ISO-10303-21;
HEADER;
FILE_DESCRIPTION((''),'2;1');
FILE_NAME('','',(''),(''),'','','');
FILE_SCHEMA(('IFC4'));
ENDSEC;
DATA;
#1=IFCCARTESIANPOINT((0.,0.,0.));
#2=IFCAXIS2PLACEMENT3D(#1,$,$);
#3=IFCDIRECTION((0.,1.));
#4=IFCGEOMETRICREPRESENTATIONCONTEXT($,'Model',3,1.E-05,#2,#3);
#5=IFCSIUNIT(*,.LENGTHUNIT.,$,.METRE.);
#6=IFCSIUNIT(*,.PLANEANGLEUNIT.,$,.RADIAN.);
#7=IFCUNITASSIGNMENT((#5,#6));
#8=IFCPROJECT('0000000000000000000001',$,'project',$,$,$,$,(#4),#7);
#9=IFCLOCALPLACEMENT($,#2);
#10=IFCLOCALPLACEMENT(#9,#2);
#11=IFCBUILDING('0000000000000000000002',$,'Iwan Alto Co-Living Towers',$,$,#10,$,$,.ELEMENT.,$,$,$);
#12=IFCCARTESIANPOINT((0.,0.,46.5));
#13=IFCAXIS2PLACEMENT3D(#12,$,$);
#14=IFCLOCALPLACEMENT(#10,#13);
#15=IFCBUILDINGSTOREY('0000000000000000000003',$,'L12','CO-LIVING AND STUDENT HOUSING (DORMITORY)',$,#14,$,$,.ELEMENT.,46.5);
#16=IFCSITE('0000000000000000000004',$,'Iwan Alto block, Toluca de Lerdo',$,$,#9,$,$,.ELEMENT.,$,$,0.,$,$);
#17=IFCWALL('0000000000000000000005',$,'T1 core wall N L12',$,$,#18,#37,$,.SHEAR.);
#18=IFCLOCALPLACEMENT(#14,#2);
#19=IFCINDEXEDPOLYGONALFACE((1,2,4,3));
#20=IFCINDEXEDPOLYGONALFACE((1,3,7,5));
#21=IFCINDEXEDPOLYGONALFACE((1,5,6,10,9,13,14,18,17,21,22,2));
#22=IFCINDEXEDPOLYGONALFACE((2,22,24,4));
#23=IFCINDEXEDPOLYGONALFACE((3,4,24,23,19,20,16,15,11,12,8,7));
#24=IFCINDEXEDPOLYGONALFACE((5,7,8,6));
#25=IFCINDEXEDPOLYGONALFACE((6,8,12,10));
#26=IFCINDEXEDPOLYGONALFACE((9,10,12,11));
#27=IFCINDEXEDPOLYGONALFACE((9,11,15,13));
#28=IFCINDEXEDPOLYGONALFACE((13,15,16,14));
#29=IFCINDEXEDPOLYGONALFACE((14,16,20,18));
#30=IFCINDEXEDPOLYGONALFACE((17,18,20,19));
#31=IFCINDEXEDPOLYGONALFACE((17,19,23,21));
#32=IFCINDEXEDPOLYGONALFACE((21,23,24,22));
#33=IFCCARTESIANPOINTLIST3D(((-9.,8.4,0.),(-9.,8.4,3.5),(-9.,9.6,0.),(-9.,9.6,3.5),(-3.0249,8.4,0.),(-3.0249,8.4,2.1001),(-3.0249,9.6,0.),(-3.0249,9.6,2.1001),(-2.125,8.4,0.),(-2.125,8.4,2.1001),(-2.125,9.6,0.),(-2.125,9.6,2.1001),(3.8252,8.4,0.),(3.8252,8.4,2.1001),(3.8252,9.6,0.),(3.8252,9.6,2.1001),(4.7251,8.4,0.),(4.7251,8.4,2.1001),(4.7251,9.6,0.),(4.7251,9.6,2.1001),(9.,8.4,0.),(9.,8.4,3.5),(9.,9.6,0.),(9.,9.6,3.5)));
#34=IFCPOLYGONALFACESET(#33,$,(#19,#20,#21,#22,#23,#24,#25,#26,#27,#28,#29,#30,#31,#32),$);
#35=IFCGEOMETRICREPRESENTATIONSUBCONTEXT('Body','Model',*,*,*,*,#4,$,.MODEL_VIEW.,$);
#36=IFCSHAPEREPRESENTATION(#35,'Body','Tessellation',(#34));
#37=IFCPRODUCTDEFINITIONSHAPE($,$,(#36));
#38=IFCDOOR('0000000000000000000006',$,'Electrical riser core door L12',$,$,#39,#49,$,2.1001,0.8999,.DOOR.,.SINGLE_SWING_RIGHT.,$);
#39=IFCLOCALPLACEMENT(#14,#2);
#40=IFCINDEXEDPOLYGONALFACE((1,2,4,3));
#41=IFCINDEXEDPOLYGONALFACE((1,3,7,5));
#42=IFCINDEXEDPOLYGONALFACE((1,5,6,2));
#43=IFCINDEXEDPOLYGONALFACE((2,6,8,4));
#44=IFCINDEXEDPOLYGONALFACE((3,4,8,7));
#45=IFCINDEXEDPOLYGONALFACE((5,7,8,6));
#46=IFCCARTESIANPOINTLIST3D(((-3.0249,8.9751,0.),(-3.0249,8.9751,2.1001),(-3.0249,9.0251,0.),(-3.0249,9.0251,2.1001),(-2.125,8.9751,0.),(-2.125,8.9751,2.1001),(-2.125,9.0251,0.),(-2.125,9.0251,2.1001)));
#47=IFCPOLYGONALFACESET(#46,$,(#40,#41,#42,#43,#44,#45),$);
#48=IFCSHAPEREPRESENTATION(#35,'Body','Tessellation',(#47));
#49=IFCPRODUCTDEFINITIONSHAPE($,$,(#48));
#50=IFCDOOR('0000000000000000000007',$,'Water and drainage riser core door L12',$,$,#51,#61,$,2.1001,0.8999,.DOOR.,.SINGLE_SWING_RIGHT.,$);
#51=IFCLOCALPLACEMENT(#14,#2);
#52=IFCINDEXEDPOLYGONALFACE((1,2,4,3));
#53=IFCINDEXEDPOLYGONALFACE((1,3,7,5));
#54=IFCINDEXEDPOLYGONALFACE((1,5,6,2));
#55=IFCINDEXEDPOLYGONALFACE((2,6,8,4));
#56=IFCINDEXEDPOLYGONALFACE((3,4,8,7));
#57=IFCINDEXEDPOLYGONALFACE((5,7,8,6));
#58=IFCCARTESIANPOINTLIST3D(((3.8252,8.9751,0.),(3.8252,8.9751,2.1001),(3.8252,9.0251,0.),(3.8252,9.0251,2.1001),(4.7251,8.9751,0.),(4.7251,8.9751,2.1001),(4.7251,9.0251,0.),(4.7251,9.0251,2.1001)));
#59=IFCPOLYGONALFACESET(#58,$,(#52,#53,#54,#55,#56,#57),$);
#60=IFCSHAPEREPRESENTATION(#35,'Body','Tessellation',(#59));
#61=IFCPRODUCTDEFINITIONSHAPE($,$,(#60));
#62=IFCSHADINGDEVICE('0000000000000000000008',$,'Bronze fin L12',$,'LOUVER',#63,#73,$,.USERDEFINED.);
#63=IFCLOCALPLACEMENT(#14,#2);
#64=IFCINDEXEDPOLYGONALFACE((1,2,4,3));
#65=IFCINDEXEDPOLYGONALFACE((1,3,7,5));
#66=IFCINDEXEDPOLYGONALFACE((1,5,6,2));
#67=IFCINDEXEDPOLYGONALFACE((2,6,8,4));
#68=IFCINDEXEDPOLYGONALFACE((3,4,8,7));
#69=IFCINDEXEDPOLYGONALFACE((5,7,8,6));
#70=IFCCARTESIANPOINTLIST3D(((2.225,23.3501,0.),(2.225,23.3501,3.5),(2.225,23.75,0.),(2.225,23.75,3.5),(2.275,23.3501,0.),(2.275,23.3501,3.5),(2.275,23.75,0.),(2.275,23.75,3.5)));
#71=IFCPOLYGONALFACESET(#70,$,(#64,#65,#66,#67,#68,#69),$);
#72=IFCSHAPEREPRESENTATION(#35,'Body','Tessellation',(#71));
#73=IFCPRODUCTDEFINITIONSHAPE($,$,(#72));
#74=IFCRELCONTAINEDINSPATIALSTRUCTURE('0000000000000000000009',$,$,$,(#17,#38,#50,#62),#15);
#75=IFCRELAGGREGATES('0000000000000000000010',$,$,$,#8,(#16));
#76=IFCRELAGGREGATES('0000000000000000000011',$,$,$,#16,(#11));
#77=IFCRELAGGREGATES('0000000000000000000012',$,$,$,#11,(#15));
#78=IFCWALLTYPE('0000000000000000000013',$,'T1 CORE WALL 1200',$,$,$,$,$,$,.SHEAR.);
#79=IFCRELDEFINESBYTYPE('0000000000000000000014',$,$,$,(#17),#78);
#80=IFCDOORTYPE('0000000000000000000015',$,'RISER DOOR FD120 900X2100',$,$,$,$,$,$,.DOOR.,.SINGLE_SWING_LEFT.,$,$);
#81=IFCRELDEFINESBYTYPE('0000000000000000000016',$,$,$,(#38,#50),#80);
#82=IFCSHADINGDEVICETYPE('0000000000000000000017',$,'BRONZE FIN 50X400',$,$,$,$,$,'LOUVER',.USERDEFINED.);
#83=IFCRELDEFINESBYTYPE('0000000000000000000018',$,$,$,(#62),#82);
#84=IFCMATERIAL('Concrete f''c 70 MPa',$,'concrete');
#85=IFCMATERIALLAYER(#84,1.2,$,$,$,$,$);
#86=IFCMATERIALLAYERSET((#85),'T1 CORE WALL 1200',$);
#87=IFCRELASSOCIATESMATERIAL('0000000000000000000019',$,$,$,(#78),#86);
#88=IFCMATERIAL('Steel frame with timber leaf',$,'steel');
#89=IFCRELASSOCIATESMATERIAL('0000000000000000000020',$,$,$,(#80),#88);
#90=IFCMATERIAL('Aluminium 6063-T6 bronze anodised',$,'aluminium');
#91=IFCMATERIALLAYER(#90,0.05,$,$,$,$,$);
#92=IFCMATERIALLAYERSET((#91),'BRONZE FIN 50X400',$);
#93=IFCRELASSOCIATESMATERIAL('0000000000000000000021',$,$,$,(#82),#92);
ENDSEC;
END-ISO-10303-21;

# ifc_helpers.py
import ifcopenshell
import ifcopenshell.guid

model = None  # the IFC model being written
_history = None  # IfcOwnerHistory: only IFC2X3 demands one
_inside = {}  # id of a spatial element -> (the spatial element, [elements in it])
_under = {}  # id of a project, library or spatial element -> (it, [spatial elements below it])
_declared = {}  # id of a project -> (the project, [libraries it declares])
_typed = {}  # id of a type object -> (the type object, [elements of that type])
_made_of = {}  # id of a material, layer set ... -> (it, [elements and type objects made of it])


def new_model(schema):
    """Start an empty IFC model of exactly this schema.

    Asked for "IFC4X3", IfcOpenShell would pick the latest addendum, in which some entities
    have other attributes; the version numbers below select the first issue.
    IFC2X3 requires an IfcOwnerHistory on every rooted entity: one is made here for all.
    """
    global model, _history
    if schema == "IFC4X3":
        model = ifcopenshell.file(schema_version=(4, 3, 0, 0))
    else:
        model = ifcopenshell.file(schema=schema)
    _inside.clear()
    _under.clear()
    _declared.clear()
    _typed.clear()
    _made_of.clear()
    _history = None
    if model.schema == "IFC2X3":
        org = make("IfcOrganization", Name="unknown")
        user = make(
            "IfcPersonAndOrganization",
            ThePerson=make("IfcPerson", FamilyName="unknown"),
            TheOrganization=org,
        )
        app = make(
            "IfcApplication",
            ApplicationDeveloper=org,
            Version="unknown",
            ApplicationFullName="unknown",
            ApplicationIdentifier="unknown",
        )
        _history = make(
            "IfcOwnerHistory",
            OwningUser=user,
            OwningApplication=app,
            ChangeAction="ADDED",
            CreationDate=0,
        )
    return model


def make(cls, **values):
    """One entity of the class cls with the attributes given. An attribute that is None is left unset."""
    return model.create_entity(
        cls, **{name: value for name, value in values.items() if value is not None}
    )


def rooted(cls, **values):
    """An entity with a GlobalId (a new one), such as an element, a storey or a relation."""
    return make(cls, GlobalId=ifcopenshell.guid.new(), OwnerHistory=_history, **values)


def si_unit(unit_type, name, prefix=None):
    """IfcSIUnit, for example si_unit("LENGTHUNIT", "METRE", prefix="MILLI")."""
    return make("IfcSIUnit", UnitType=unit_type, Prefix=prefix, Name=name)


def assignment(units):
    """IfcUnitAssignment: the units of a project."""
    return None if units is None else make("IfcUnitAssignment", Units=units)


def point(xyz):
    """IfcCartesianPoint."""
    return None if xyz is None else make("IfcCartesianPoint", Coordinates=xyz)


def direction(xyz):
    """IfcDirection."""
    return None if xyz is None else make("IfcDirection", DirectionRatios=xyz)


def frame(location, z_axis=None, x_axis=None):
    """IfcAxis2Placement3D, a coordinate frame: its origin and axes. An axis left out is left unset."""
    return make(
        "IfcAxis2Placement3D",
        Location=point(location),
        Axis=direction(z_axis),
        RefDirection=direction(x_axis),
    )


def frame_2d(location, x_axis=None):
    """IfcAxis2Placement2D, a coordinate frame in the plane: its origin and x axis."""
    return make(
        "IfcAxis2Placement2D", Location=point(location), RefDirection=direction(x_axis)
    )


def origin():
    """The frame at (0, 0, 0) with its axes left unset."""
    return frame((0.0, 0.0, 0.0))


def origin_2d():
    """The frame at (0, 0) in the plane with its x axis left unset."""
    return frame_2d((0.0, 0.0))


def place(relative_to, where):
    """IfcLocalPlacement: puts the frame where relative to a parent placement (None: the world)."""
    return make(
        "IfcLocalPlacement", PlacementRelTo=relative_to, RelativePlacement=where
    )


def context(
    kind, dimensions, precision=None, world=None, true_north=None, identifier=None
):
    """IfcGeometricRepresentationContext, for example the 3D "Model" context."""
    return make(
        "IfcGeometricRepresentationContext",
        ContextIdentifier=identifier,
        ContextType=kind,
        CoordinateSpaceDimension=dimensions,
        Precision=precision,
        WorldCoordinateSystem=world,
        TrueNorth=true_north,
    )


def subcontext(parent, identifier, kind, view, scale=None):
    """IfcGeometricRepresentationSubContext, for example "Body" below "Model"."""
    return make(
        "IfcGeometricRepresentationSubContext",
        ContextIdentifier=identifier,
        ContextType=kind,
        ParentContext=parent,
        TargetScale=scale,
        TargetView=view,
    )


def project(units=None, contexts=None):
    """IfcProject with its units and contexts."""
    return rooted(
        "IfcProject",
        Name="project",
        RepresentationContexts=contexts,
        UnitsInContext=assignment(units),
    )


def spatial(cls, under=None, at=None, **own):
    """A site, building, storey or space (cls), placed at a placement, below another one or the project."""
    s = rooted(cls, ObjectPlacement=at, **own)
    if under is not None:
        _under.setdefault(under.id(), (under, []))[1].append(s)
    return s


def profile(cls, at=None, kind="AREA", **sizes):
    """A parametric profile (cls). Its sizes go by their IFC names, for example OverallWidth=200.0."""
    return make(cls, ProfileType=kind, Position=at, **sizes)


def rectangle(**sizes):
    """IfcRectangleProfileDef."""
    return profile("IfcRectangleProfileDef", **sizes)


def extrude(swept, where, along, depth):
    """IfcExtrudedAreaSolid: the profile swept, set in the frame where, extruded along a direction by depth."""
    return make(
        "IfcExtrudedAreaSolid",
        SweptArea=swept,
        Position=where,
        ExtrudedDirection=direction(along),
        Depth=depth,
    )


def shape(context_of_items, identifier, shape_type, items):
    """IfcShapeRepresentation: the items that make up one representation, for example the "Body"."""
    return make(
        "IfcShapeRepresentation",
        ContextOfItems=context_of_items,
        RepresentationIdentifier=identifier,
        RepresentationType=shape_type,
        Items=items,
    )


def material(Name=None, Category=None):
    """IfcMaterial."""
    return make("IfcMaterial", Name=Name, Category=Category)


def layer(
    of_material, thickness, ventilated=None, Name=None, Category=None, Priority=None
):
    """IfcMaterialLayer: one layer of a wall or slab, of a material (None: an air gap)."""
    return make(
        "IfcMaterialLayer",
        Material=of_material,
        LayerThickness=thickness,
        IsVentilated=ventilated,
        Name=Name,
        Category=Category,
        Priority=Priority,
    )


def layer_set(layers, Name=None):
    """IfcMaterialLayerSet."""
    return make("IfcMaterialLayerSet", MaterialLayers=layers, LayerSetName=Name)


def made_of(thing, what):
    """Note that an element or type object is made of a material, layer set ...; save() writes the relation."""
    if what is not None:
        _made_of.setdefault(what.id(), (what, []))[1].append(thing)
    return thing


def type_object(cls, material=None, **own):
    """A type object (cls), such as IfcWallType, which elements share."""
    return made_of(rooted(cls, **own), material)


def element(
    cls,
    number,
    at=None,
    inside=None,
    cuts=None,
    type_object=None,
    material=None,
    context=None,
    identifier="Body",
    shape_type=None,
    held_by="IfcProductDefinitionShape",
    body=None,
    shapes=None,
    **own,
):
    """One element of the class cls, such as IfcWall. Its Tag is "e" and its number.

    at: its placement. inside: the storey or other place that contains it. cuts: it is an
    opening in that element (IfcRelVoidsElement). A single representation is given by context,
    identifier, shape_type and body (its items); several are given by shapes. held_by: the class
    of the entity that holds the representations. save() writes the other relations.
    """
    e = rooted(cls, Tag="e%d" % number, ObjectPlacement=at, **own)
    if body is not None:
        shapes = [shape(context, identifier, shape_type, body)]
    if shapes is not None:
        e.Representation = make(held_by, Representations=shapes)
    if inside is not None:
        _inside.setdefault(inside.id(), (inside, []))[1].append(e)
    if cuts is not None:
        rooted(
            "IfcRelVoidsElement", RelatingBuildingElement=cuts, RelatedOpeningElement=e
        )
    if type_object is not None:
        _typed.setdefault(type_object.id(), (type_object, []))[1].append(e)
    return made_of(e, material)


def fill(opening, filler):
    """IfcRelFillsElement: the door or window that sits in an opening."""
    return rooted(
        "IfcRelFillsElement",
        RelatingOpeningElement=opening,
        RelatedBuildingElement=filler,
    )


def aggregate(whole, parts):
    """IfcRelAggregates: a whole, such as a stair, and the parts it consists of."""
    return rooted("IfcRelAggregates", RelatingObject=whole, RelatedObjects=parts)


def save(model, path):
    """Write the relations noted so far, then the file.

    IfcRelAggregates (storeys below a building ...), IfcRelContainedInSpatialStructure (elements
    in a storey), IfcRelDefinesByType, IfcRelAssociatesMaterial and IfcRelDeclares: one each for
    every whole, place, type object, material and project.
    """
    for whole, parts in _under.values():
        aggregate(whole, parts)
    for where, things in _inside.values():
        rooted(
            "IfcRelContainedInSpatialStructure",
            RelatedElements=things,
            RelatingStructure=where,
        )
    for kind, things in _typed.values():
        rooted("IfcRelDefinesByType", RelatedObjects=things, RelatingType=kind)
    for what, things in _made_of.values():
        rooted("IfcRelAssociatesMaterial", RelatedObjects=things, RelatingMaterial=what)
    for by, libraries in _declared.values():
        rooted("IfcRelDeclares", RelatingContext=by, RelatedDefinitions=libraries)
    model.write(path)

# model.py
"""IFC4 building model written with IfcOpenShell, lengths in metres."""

from ifc_helpers import new_model, si_unit, direction, frame, frame_2d, origin, origin_2d, place, context, subcontext, project, spatial, rectangle, extrude, material, layer, layer_set, type_object, element, fill, save


model = new_model("IFC4")

# Units and contexts
model_context = context("Model", 3, precision=1e-05, world=origin(), true_north=direction((0.0, 1.0)))
body_context = subcontext(model_context, "Body", "Model", "MODEL_VIEW")
ifc_project = project(units=[si_unit("LENGTHUNIT", "METRE"), si_unit("PLANEANGLEUNIT", "RADIAN")], contexts=[model_context])

# Site, building, storey
site_placement = place(None, origin())
site = spatial("IfcSite", under=ifc_project, at=site_placement, Name="Iwan Alto block, Toluca de Lerdo", CompositionType="ELEMENT", RefElevation=0.0)
building_placement = place(site_placement, origin())
building = spatial("IfcBuilding", under=site, at=building_placement, Name="Iwan Alto Co-Living Towers", CompositionType="ELEMENT")
storey_placement = place(building_placement, frame((0.0, 0.0, 46.5)))
storey = spatial("IfcBuildingStorey", under=building, at=storey_placement, Name="L12", Description="CO-LIVING AND STUDENT HOUSING (DORMITORY)", CompositionType="ELEMENT", Elevation=46.5)

# Wall, openings, doors
ifc_material_1 = material(Name="Concrete f'c 70 MPa", Category="concrete")
ifc_layer_1 = layer(ifc_material_1, 1.2)
ifc_layer_set_1 = layer_set([ifc_layer_1], Name="T1 CORE WALL 1200")
wall_type_1 = type_object("IfcWallType", Name="T1 CORE WALL 1200", PredefinedType="SHEAR", material=ifc_layer_set_1)
wall_1_placement = place(storey_placement, frame((9.0, 9.0, 0.0), z_axis=(0.0, 0.0, 1.0), x_axis=(-1.0, 0.0, 0.0)))
wall_1 = element("IfcWall", 1, at=wall_1_placement, inside=storey, type_object=wall_type_1, Name="T1 core wall N L12", PredefinedType="SHEAR", context=body_context, shape_type="SweptSolid", body=[
    extrude(rectangle(XDim=18.0, YDim=1.2, at=frame_2d((9.0, 0.0))), origin(), (0.0, 0.0, 1.0), 3.5),
])
opening_1_placement = place(wall_1_placement, frame((11.125, 0.0, 0.0)))
opening_1 = element("IfcOpeningElement", 2, at=opening_1_placement, cuts=wall_1, PredefinedType="OPENING", context=body_context, shape_type="SweptSolid", body=[
    extrude(rectangle(XDim=0.8999, YDim=2.1001, at=frame_2d((0.45, 1.05))), frame((0.0, 0.6099, 0.0), z_axis=(0.0, -1.0, 0.0), x_axis=(1.0, 0.0, 0.0)), (0.0, 0.0, 1.0), 1.22),
])
opening_2_placement = place(wall_1_placement, frame((4.2749, 0.0, 0.0)))
opening_2 = element("IfcOpeningElement", 3, at=opening_2_placement, cuts=wall_1, PredefinedType="OPENING", context=body_context, shape_type="SweptSolid", body=[
    extrude(rectangle(XDim=0.8999, YDim=2.1001, at=frame_2d((0.45, 1.05))), frame((0.0, 0.6099, 0.0), z_axis=(0.0, -1.0, 0.0), x_axis=(1.0, 0.0, 0.0)), (0.0, 0.0, 1.0), 1.22),
])
ifc_material_2 = material(Name="Steel frame with timber leaf", Category="steel")
door_type = type_object("IfcDoorType", Name="RISER DOOR FD120 900X2100", OperationType="SINGLE_SWING_LEFT", PredefinedType="DOOR", material=ifc_material_2)
door_1_placement = place(opening_1_placement, origin())
door_1 = element("IfcDoor", 4, at=door_1_placement, inside=storey, type_object=door_type, Name="Electrical riser core door L12", OperationType="SINGLE_SWING_RIGHT", OverallHeight=2.1001, OverallWidth=0.8999, PredefinedType="DOOR", context=body_context, shape_type="SweptSolid", body=[
    extrude(rectangle(XDim=0.8999, YDim=2.1001, at=frame_2d((0.45, 1.05))), frame((0.0, 0.0249, 0.0), z_axis=(0.0, -1.0, 0.0), x_axis=(1.0, 0.0, 0.0)), (0.0, 0.0, 1.0), 0.05),
])
fill(opening_1, door_1)
door_2_placement = place(opening_2_placement, origin())
door_2 = element("IfcDoor", 5, at=door_2_placement, inside=storey, type_object=door_type, Name="Water and drainage riser core door L12", OperationType="SINGLE_SWING_RIGHT", OverallHeight=2.1001, OverallWidth=0.8999, PredefinedType="DOOR", context=body_context, shape_type="SweptSolid", body=[
    extrude(rectangle(XDim=0.8999, YDim=2.1001, at=frame_2d((0.45, 1.05))), frame((0.0, 0.0249, 0.0), z_axis=(0.0, -1.0, 0.0), x_axis=(1.0, 0.0, 0.0)), (0.0, 0.0, 1.0), 0.05),
])
fill(opening_2, door_2)

# Shading device
ifc_material_3 = material(Name="Aluminium 6063-T6 bronze anodised", Category="aluminium")
ifc_layer_2 = layer(ifc_material_3, 0.05)
ifc_layer_set_2 = layer_set([ifc_layer_2], Name="BRONZE FIN 50X400")
shading_device_type = type_object("IfcShadingDeviceType", Name="BRONZE FIN 50X400", ElementType="LOUVER", PredefinedType="USERDEFINED", material=ifc_layer_set_2)
shading_device_placement = place(storey_placement, frame((2.25, 23.55, 0.0), z_axis=(0.0, 0.0, 1.0), x_axis=(-1.0, 0.0, 0.0)))
element("IfcShadingDevice", 6, at=shading_device_placement, inside=storey, type_object=shading_device_type, Name="Bronze fin L12", ObjectType="LOUVER", PredefinedType="USERDEFINED", context=body_context, shape_type="SweptSolid", body=[
    extrude(rectangle(XDim=0.05, YDim=0.3999, at=origin_2d()), origin(), (0.0, 0.0, 1.0), 3.5),
])

save(model, "model.ifc")
